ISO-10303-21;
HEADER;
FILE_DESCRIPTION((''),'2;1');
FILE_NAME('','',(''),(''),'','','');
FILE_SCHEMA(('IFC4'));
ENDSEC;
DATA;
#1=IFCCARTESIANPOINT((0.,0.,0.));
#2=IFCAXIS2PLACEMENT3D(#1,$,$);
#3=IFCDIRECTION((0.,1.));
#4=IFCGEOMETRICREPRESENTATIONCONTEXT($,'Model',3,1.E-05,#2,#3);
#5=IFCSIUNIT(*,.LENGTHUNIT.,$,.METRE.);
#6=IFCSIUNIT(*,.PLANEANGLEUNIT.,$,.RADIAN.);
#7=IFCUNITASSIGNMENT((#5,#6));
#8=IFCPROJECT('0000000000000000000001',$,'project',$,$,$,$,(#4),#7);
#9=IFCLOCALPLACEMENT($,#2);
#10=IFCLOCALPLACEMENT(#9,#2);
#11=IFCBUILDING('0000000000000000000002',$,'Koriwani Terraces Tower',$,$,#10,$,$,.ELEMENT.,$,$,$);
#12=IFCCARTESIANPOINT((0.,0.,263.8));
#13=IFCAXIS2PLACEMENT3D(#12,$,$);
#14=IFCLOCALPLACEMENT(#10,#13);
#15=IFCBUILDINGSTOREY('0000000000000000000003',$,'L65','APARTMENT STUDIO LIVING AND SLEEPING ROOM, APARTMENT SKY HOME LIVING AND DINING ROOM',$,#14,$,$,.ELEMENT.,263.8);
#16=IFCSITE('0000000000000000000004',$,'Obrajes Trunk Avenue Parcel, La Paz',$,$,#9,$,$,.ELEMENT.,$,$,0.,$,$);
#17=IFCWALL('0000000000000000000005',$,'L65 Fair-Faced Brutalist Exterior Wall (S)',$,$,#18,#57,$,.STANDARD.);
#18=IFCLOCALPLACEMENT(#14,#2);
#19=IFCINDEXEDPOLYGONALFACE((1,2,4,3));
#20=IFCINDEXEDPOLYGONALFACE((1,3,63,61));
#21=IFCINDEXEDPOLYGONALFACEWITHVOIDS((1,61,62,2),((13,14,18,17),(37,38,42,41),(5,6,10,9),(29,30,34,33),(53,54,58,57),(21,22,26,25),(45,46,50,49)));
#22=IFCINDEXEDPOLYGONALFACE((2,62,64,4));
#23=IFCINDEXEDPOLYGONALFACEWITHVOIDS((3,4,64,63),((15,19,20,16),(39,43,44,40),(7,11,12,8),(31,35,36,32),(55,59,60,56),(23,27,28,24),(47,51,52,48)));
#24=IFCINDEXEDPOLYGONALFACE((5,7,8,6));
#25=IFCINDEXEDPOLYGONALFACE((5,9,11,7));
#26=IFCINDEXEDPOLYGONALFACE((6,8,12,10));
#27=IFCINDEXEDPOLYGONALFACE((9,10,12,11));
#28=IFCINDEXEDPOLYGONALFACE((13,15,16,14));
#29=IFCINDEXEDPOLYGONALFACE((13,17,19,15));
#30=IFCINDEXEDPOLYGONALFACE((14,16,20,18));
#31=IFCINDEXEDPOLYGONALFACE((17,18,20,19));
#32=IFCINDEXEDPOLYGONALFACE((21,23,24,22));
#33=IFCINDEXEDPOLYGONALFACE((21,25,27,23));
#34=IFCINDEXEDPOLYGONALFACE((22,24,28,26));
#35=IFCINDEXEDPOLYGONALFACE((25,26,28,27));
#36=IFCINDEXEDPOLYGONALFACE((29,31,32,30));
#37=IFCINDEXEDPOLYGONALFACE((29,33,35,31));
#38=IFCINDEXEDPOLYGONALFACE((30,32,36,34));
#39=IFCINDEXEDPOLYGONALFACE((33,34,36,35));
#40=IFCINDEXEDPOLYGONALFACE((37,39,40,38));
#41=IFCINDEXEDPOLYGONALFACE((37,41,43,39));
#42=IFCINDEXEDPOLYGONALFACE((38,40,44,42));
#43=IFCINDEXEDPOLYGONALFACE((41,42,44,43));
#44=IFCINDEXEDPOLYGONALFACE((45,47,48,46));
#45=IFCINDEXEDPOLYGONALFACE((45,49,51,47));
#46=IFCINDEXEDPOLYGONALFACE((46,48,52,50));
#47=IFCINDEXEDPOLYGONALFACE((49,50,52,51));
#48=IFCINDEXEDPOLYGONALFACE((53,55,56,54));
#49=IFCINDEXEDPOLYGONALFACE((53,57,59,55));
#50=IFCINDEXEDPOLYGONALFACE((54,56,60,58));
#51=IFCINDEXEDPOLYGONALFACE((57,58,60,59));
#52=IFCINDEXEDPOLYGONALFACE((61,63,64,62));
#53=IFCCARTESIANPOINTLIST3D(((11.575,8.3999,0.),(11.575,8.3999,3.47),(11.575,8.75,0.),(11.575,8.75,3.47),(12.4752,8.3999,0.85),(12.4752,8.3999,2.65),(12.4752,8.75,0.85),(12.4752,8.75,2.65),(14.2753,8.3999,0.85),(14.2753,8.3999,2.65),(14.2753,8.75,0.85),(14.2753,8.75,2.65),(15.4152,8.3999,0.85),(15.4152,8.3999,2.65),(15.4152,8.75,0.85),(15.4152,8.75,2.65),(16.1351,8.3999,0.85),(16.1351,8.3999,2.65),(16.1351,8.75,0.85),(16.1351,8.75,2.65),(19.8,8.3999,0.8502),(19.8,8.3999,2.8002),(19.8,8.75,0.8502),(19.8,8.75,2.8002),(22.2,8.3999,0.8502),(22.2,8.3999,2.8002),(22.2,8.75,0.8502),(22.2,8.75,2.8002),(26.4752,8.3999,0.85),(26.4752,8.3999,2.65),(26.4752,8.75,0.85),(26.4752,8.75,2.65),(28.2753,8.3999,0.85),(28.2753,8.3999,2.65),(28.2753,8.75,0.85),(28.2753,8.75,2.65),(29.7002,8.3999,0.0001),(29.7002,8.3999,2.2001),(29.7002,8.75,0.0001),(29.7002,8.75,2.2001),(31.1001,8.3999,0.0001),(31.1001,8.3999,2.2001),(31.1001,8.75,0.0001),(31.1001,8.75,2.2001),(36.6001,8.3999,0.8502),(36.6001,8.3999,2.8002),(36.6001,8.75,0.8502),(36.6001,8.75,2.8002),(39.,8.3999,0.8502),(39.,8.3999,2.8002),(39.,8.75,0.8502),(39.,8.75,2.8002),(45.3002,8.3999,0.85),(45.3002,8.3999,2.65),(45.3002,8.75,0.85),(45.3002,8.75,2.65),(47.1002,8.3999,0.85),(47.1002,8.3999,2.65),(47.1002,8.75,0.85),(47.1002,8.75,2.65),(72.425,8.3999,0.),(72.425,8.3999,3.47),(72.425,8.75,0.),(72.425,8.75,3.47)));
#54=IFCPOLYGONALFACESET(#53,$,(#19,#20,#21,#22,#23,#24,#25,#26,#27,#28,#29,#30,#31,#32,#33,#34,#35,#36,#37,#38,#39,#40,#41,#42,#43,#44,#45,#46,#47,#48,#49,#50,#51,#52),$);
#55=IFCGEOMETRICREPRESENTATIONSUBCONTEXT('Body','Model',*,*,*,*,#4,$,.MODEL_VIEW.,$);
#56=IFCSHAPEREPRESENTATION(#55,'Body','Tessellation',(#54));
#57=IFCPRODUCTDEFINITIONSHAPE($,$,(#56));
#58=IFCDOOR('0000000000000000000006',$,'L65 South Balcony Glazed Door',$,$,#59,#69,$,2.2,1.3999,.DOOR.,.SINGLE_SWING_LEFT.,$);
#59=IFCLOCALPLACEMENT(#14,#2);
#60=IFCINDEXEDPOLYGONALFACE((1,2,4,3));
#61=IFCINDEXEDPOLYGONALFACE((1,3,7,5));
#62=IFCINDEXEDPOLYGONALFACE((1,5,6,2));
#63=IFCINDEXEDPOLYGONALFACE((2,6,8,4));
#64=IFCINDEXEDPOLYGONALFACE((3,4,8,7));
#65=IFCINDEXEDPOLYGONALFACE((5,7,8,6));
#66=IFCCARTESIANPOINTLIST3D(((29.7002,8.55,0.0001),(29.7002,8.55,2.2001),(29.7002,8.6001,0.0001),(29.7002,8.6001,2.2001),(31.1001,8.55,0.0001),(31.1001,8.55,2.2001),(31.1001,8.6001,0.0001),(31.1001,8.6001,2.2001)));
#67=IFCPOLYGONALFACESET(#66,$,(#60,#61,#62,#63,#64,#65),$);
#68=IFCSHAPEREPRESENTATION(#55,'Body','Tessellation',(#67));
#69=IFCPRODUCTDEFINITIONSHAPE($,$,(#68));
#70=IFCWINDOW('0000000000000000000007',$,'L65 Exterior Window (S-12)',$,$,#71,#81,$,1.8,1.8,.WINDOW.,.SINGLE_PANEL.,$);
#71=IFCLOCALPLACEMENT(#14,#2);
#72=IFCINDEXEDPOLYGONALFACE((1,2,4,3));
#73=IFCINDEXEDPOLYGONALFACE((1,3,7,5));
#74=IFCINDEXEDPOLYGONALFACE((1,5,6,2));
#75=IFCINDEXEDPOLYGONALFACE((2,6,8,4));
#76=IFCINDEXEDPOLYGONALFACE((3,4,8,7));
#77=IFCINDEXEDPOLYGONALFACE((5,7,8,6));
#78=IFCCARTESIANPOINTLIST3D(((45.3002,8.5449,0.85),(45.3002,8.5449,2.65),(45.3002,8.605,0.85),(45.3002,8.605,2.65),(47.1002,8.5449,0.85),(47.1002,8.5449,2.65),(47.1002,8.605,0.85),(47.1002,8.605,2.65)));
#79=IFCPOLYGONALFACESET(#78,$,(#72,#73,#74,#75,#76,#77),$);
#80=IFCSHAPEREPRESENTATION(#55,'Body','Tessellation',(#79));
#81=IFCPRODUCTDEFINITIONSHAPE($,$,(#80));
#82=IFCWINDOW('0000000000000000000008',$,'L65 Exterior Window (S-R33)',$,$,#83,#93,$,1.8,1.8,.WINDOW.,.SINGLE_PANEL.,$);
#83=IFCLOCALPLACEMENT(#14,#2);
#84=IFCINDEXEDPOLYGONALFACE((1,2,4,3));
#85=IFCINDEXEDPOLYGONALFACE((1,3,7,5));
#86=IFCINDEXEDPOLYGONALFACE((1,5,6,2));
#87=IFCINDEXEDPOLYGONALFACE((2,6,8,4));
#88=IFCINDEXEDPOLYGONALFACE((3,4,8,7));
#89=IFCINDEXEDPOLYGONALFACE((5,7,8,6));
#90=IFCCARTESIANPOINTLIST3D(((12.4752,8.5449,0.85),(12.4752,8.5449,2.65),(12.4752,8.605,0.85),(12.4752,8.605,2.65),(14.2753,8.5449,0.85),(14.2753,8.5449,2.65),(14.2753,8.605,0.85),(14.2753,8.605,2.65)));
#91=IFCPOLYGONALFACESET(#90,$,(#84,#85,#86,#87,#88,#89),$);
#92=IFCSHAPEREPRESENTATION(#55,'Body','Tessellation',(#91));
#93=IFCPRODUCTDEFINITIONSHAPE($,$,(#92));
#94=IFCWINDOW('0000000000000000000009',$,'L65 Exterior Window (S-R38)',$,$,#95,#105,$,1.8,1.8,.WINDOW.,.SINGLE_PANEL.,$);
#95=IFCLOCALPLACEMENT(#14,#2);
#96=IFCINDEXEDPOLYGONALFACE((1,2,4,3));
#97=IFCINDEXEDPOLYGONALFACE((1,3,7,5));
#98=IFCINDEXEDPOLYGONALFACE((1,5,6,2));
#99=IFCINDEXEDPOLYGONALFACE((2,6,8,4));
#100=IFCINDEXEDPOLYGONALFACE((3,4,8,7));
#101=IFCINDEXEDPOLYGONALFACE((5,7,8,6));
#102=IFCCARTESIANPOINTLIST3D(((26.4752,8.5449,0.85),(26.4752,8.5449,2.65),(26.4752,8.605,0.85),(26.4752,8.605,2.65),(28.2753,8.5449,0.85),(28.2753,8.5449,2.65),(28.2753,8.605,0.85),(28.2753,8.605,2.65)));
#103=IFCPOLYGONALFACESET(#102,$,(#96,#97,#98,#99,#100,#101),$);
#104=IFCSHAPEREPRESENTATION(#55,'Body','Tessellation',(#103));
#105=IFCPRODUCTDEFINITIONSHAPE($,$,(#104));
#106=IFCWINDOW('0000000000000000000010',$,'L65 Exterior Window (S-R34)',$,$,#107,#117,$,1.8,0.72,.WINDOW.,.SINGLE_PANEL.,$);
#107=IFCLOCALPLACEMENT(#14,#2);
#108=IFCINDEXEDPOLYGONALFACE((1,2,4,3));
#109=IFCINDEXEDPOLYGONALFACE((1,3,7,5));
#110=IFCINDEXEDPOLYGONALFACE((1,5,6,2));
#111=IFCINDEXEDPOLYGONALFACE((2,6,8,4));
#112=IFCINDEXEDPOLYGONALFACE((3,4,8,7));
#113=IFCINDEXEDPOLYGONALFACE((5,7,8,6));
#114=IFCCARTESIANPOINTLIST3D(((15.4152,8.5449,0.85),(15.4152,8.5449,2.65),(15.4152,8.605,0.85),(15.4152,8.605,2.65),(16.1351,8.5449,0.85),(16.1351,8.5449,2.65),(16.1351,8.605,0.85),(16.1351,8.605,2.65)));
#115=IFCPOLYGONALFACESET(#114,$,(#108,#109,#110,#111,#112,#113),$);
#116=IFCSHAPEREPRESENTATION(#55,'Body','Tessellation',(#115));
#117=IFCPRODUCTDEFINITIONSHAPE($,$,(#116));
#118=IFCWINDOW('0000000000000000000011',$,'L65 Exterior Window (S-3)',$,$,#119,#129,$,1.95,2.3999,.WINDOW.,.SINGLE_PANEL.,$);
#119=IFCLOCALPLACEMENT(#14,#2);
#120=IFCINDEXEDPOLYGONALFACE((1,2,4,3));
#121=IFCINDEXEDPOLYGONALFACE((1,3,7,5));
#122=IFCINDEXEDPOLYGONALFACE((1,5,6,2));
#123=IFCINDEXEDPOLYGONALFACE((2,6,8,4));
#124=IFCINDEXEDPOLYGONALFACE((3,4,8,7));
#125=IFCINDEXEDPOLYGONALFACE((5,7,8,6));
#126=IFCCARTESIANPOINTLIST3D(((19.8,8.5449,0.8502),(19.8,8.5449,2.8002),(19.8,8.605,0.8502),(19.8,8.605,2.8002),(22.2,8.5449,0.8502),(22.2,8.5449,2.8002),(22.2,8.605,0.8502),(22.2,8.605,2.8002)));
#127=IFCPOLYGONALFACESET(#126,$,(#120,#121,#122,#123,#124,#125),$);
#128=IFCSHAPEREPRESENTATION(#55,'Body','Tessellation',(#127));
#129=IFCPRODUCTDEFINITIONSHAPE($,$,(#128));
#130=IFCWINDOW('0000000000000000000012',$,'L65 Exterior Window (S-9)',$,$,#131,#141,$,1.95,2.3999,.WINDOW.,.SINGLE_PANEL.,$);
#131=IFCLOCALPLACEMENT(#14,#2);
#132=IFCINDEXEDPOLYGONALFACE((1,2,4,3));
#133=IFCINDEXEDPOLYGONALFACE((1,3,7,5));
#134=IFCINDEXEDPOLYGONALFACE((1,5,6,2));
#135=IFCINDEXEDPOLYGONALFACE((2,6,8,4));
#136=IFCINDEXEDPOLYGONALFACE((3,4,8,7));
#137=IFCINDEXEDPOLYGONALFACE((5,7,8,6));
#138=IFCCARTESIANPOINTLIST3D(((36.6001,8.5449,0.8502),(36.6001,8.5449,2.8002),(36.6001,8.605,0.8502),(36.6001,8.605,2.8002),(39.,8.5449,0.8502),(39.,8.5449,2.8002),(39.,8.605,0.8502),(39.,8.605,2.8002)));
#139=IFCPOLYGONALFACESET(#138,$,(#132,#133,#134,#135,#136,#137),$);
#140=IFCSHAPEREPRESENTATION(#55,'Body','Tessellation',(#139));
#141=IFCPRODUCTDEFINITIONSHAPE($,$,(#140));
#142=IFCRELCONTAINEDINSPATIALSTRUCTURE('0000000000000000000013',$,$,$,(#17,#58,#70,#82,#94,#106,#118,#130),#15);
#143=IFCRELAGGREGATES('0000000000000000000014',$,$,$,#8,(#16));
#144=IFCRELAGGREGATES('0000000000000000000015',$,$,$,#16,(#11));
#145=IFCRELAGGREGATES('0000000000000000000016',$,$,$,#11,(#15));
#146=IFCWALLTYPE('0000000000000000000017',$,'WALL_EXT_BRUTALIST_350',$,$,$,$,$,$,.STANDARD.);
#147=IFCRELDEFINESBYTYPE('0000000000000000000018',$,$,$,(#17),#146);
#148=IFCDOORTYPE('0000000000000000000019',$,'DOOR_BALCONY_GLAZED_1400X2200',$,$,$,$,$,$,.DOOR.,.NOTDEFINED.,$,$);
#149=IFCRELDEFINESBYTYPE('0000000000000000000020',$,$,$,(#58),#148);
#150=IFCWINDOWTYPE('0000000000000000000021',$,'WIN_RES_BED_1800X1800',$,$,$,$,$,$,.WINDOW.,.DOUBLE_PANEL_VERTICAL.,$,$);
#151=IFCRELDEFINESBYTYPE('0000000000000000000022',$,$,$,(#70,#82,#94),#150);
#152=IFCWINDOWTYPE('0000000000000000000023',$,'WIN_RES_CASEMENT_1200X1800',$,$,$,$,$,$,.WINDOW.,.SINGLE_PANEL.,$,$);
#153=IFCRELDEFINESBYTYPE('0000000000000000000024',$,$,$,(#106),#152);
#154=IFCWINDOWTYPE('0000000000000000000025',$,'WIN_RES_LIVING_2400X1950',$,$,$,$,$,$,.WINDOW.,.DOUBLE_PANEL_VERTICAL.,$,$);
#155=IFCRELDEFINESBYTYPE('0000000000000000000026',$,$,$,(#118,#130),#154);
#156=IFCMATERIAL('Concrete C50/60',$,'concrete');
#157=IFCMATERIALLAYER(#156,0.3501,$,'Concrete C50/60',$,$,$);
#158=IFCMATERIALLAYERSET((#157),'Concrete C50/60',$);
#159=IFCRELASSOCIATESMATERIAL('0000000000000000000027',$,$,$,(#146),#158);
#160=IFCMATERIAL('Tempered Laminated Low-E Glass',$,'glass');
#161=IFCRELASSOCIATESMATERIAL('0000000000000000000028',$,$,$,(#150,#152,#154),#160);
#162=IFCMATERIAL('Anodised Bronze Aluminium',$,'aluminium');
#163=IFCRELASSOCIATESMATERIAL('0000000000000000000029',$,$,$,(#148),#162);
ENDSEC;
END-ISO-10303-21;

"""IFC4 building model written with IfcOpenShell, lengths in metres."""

from ifc_helpers import new_model, si_unit, direction, frame, frame_2d, origin, place, context, subcontext, project, spatial, rectangle, extrude, material, layer, layer_set, type_object, element, fill, save


model = new_model("IFC4")

# Units and contexts
model_context = context("Model", 3, precision=1e-05, world=origin(), true_north=direction((0.0, 1.0)))
body_context = subcontext(model_context, "Body", "Model", "MODEL_VIEW")
ifc_project = project(units=[si_unit("LENGTHUNIT", "METRE"), si_unit("PLANEANGLEUNIT", "RADIAN")], contexts=[model_context])

# Site, building, storey
site_placement = place(None, origin())
site = spatial("IfcSite", under=ifc_project, at=site_placement, Name="Obrajes Trunk Avenue Parcel, La Paz", CompositionType="ELEMENT", RefElevation=0.0)
building_placement = place(site_placement, origin())
building = spatial("IfcBuilding", under=site, at=building_placement, Name="Koriwani Terraces Tower", CompositionType="ELEMENT")
storey_placement = place(building_placement, frame((0.0, 0.0, 263.8)))
storey = spatial("IfcBuildingStorey", under=building, at=storey_placement, Name="L65", Description="APARTMENT STUDIO LIVING AND SLEEPING ROOM, APARTMENT SKY HOME LIVING AND DINING ROOM", CompositionType="ELEMENT", Elevation=263.8)

# Shared definitions
ifc_material_1 = material(Name="Concrete C50/60", Category="concrete")

# Shared definitions
ifc_layer_1 = layer(ifc_material_1, 0.3501, Name="Concrete C50/60")
ifc_layer_set_1 = layer_set([ifc_layer_1], Name="Concrete C50/60")
wall_type_1 = type_object("IfcWallType", Name="WALL_EXT_BRUTALIST_350", PredefinedType="STANDARD", material=ifc_layer_set_1)
ifc_material_2 = material(Name="Tempered Laminated Low-E Glass", Category="glass")
window_type_1 = type_object("IfcWindowType", Name="WIN_RES_BED_1800X1800", PartitioningType="DOUBLE_PANEL_VERTICAL", PredefinedType="WINDOW", material=ifc_material_2)

# Wall, openings, door, windows
wall_1_placement = place(storey_placement, frame((72.425, 8.575, 0.0), z_axis=(0.0, 0.0, 1.0), x_axis=(-1.0, 0.0, 0.0)))
wall_1 = element("IfcWall", 1, at=wall_1_placement, inside=storey, type_object=wall_type_1, Name="L65 Fair-Faced Brutalist Exterior Wall (S)", PredefinedType="STANDARD", context=body_context, shape_type="SweptSolid", body=[
    extrude(rectangle(XDim=60.8501, YDim=0.3501, at=frame_2d((30.425, 0.0))), origin(), (0.0, 0.0, 1.0), 3.47),
])
opening_1_placement = place(wall_1_placement, frame((41.325, 0.0, 0.0)))
opening_1 = element("IfcOpeningElement", 2, at=opening_1_placement, cuts=wall_1, PredefinedType="OPENING", context=body_context, shape_type="SweptSolid", body=[
    extrude(rectangle(XDim=1.3999, YDim=2.2, at=frame_2d((0.7, 1.1001))), frame((0.0, 0.1851, 0.0), z_axis=(0.0, -1.0, 0.0), x_axis=(1.0, 0.0, 0.0)), (0.0, 0.0, 1.0), 0.3701),
])
opening_2_placement = place(wall_1_placement, frame((50.2251, 0.0, 0.8501)))
opening_2 = element("IfcOpeningElement", 3, at=opening_2_placement, cuts=wall_1, PredefinedType="OPENING", context=body_context, shape_type="SweptSolid", body=[
    extrude(rectangle(XDim=2.3999, YDim=1.95, at=frame_2d((1.2, 0.9751))), frame((0.0, 0.1851, 0.0), z_axis=(0.0, -1.0, 0.0), x_axis=(1.0, 0.0, 0.0)), (0.0, 0.0, 1.0), 0.3701),
])
opening_3_placement = place(wall_1_placement, frame((33.425, 0.0, 0.8501)))
opening_3 = element("IfcOpeningElement", 4, at=opening_3_placement, cuts=wall_1, PredefinedType="OPENING", context=body_context, shape_type="SweptSolid", body=[
    extrude(rectangle(XDim=2.3999, YDim=1.95, at=frame_2d((1.2, 0.9751))), frame((0.0, 0.1851, 0.0), z_axis=(0.0, -1.0, 0.0), x_axis=(1.0, 0.0, 0.0)), (0.0, 0.0, 1.0), 0.3701),
])
opening_4_placement = place(wall_1_placement, frame((25.325, 0.0, 0.8501)))
opening_4 = element("IfcOpeningElement", 5, at=opening_4_placement, cuts=wall_1, PredefinedType="OPENING", context=body_context, shape_type="SweptSolid", body=[
    extrude(rectangle(XDim=1.8, YDim=1.8, at=frame_2d((0.8999, 0.8999))), frame((0.0, 0.1851, 0.0), z_axis=(0.0, -1.0, 0.0), x_axis=(1.0, 0.0, 0.0)), (0.0, 0.0, 1.0), 0.3701),
])
opening_5_placement = place(wall_1_placement, frame((58.1499, 0.0, 0.8501)))
opening_5 = element("IfcOpeningElement", 6, at=opening_5_placement, cuts=wall_1, PredefinedType="OPENING", context=body_context, shape_type="SweptSolid", body=[
    extrude(rectangle(XDim=1.8, YDim=1.8, at=frame_2d((0.8999, 0.8999))), frame((0.0, 0.1851, 0.0), z_axis=(0.0, -1.0, 0.0), x_axis=(1.0, 0.0, 0.0)), (0.0, 0.0, 1.0), 0.3701),
])
opening_6_placement = place(wall_1_placement, frame((56.29, 0.0, 0.8501)))
opening_6 = element("IfcOpeningElement", 7, at=opening_6_placement, cuts=wall_1, PredefinedType="OPENING", context=body_context, shape_type="SweptSolid", body=[
    extrude(rectangle(XDim=0.72, YDim=1.8, at=frame_2d((0.3599, 0.8999))), frame((0.0, 0.1851, 0.0), z_axis=(0.0, -1.0, 0.0), x_axis=(1.0, 0.0, 0.0)), (0.0, 0.0, 1.0), 0.3701),
])
opening_7_placement = place(wall_1_placement, frame((44.1499, 0.0, 0.8501)))
opening_7 = element("IfcOpeningElement", 8, at=opening_7_placement, cuts=wall_1, PredefinedType="OPENING", context=body_context, shape_type="SweptSolid", body=[
    extrude(rectangle(XDim=1.8, YDim=1.8, at=frame_2d((0.8999, 0.8999))), frame((0.0, 0.1851, 0.0), z_axis=(0.0, -1.0, 0.0), x_axis=(1.0, 0.0, 0.0)), (0.0, 0.0, 1.0), 0.3701),
])
ifc_material_3 = material(Name="Anodised Bronze Aluminium", Category="aluminium")
door_type_1 = type_object("IfcDoorType", Name="DOOR_BALCONY_GLAZED_1400X2200", OperationType="NOTDEFINED", PredefinedType="DOOR", material=ifc_material_3)
door_1_placement = place(opening_1_placement, origin())
door_1 = element("IfcDoor", 9, at=door_1_placement, inside=storey, type_object=door_type_1, Name="L65 South Balcony Glazed Door", OperationType="SINGLE_SWING_LEFT", OverallHeight=2.2, OverallWidth=1.3999, PredefinedType="DOOR", context=body_context, shape_type="SweptSolid", body=[
    extrude(rectangle(XDim=1.3999, YDim=2.2, at=frame_2d((0.7, 1.1001))), frame((0.0, 0.0249, 0.0), z_axis=(0.0, -1.0, 0.0), x_axis=(1.0, 0.0, 0.0)), (0.0, 0.0, 1.0), 0.05),
])
fill(opening_1, door_1)
window_1_placement = place(opening_4_placement, origin())
window_1 = element("IfcWindow", 10, at=window_1_placement, inside=storey, type_object=window_type_1, Name="L65 Exterior Window (S-12)", OverallHeight=1.8, OverallWidth=1.8, PartitioningType="SINGLE_PANEL", PredefinedType="WINDOW", context=body_context, shape_type="SweptSolid", body=[
    extrude(rectangle(XDim=1.8, YDim=1.8, at=frame_2d((0.8999, 0.8999))), frame((0.0, 0.03, 0.0), z_axis=(0.0, -1.0, 0.0), x_axis=(1.0, 0.0, 0.0)), (0.0, 0.0, 1.0), 0.0601),
])
fill(opening_4, window_1)
window_2_placement = place(opening_5_placement, origin())
window_2 = element("IfcWindow", 11, at=window_2_placement, inside=storey, type_object=window_type_1, Name="L65 Exterior Window (S-R33)", OverallHeight=1.8, OverallWidth=1.8, PartitioningType="SINGLE_PANEL", PredefinedType="WINDOW", context=body_context, shape_type="SweptSolid", body=[
    extrude(rectangle(XDim=1.8, YDim=1.8, at=frame_2d((0.8999, 0.8999))), frame((0.0, 0.03, 0.0), z_axis=(0.0, -1.0, 0.0), x_axis=(1.0, 0.0, 0.0)), (0.0, 0.0, 1.0), 0.0601),
])
fill(opening_5, window_2)
window_3_placement = place(opening_7_placement, origin())
window_3 = element("IfcWindow", 12, at=window_3_placement, inside=storey, type_object=window_type_1, Name="L65 Exterior Window (S-R38)", OverallHeight=1.8, OverallWidth=1.8, PartitioningType="SINGLE_PANEL", PredefinedType="WINDOW", context=body_context, shape_type="SweptSolid", body=[
    extrude(rectangle(XDim=1.8, YDim=1.8, at=frame_2d((0.8999, 0.8999))), frame((0.0, 0.03, 0.0), z_axis=(0.0, -1.0, 0.0), x_axis=(1.0, 0.0, 0.0)), (0.0, 0.0, 1.0), 0.0601),
])
fill(opening_7, window_3)
window_type_2 = type_object("IfcWindowType", Name="WIN_RES_CASEMENT_1200X1800", PartitioningType="SINGLE_PANEL", PredefinedType="WINDOW", material=ifc_material_2)
window_4_placement = place(opening_6_placement, origin())
window_4 = element("IfcWindow", 13, at=window_4_placement, inside=storey, type_object=window_type_2, Name="L65 Exterior Window (S-R34)", OverallHeight=1.8, OverallWidth=0.72, PartitioningType="SINGLE_PANEL", PredefinedType="WINDOW", context=body_context, shape_type="SweptSolid", body=[
    extrude(rectangle(XDim=0.72, YDim=1.8, at=frame_2d((0.3599, 0.8999))), frame((0.0, 0.03, 0.0), z_axis=(0.0, -1.0, 0.0), x_axis=(1.0, 0.0, 0.0)), (0.0, 0.0, 1.0), 0.0601),
])
fill(opening_6, window_4)
window_type_3 = type_object("IfcWindowType", Name="WIN_RES_LIVING_2400X1950", PartitioningType="DOUBLE_PANEL_VERTICAL", PredefinedType="WINDOW", material=ifc_material_2)
window_5_placement = place(opening_2_placement, origin())
window_5 = element("IfcWindow", 14, at=window_5_placement, inside=storey, type_object=window_type_3, Name="L65 Exterior Window (S-3)", OverallHeight=1.95, OverallWidth=2.3999, PartitioningType="SINGLE_PANEL", PredefinedType="WINDOW", context=body_context, shape_type="SweptSolid", body=[
    extrude(rectangle(XDim=2.3999, YDim=1.95, at=frame_2d((1.2, 0.9751))), frame((0.0, 0.03, 0.0), z_axis=(0.0, -1.0, 0.0), x_axis=(1.0, 0.0, 0.0)), (0.0, 0.0, 1.0), 0.0601),
])
fill(opening_2, window_5)
window_6_placement = place(opening_3_placement, origin())
window_6 = element("IfcWindow", 15, at=window_6_placement, inside=storey, type_object=window_type_3, Name="L65 Exterior Window (S-9)", OverallHeight=1.95, OverallWidth=2.3999, PartitioningType="SINGLE_PANEL", PredefinedType="WINDOW", context=body_context, shape_type="SweptSolid", body=[
    extrude(rectangle(XDim=2.3999, YDim=1.95, at=frame_2d((1.2, 0.9751))), frame((0.0, 0.03, 0.0), z_axis=(0.0, -1.0, 0.0), x_axis=(1.0, 0.0, 0.0)), (0.0, 0.0, 1.0), 0.0601),
])
fill(opening_3, window_6)

save(model, "model.ifc")
